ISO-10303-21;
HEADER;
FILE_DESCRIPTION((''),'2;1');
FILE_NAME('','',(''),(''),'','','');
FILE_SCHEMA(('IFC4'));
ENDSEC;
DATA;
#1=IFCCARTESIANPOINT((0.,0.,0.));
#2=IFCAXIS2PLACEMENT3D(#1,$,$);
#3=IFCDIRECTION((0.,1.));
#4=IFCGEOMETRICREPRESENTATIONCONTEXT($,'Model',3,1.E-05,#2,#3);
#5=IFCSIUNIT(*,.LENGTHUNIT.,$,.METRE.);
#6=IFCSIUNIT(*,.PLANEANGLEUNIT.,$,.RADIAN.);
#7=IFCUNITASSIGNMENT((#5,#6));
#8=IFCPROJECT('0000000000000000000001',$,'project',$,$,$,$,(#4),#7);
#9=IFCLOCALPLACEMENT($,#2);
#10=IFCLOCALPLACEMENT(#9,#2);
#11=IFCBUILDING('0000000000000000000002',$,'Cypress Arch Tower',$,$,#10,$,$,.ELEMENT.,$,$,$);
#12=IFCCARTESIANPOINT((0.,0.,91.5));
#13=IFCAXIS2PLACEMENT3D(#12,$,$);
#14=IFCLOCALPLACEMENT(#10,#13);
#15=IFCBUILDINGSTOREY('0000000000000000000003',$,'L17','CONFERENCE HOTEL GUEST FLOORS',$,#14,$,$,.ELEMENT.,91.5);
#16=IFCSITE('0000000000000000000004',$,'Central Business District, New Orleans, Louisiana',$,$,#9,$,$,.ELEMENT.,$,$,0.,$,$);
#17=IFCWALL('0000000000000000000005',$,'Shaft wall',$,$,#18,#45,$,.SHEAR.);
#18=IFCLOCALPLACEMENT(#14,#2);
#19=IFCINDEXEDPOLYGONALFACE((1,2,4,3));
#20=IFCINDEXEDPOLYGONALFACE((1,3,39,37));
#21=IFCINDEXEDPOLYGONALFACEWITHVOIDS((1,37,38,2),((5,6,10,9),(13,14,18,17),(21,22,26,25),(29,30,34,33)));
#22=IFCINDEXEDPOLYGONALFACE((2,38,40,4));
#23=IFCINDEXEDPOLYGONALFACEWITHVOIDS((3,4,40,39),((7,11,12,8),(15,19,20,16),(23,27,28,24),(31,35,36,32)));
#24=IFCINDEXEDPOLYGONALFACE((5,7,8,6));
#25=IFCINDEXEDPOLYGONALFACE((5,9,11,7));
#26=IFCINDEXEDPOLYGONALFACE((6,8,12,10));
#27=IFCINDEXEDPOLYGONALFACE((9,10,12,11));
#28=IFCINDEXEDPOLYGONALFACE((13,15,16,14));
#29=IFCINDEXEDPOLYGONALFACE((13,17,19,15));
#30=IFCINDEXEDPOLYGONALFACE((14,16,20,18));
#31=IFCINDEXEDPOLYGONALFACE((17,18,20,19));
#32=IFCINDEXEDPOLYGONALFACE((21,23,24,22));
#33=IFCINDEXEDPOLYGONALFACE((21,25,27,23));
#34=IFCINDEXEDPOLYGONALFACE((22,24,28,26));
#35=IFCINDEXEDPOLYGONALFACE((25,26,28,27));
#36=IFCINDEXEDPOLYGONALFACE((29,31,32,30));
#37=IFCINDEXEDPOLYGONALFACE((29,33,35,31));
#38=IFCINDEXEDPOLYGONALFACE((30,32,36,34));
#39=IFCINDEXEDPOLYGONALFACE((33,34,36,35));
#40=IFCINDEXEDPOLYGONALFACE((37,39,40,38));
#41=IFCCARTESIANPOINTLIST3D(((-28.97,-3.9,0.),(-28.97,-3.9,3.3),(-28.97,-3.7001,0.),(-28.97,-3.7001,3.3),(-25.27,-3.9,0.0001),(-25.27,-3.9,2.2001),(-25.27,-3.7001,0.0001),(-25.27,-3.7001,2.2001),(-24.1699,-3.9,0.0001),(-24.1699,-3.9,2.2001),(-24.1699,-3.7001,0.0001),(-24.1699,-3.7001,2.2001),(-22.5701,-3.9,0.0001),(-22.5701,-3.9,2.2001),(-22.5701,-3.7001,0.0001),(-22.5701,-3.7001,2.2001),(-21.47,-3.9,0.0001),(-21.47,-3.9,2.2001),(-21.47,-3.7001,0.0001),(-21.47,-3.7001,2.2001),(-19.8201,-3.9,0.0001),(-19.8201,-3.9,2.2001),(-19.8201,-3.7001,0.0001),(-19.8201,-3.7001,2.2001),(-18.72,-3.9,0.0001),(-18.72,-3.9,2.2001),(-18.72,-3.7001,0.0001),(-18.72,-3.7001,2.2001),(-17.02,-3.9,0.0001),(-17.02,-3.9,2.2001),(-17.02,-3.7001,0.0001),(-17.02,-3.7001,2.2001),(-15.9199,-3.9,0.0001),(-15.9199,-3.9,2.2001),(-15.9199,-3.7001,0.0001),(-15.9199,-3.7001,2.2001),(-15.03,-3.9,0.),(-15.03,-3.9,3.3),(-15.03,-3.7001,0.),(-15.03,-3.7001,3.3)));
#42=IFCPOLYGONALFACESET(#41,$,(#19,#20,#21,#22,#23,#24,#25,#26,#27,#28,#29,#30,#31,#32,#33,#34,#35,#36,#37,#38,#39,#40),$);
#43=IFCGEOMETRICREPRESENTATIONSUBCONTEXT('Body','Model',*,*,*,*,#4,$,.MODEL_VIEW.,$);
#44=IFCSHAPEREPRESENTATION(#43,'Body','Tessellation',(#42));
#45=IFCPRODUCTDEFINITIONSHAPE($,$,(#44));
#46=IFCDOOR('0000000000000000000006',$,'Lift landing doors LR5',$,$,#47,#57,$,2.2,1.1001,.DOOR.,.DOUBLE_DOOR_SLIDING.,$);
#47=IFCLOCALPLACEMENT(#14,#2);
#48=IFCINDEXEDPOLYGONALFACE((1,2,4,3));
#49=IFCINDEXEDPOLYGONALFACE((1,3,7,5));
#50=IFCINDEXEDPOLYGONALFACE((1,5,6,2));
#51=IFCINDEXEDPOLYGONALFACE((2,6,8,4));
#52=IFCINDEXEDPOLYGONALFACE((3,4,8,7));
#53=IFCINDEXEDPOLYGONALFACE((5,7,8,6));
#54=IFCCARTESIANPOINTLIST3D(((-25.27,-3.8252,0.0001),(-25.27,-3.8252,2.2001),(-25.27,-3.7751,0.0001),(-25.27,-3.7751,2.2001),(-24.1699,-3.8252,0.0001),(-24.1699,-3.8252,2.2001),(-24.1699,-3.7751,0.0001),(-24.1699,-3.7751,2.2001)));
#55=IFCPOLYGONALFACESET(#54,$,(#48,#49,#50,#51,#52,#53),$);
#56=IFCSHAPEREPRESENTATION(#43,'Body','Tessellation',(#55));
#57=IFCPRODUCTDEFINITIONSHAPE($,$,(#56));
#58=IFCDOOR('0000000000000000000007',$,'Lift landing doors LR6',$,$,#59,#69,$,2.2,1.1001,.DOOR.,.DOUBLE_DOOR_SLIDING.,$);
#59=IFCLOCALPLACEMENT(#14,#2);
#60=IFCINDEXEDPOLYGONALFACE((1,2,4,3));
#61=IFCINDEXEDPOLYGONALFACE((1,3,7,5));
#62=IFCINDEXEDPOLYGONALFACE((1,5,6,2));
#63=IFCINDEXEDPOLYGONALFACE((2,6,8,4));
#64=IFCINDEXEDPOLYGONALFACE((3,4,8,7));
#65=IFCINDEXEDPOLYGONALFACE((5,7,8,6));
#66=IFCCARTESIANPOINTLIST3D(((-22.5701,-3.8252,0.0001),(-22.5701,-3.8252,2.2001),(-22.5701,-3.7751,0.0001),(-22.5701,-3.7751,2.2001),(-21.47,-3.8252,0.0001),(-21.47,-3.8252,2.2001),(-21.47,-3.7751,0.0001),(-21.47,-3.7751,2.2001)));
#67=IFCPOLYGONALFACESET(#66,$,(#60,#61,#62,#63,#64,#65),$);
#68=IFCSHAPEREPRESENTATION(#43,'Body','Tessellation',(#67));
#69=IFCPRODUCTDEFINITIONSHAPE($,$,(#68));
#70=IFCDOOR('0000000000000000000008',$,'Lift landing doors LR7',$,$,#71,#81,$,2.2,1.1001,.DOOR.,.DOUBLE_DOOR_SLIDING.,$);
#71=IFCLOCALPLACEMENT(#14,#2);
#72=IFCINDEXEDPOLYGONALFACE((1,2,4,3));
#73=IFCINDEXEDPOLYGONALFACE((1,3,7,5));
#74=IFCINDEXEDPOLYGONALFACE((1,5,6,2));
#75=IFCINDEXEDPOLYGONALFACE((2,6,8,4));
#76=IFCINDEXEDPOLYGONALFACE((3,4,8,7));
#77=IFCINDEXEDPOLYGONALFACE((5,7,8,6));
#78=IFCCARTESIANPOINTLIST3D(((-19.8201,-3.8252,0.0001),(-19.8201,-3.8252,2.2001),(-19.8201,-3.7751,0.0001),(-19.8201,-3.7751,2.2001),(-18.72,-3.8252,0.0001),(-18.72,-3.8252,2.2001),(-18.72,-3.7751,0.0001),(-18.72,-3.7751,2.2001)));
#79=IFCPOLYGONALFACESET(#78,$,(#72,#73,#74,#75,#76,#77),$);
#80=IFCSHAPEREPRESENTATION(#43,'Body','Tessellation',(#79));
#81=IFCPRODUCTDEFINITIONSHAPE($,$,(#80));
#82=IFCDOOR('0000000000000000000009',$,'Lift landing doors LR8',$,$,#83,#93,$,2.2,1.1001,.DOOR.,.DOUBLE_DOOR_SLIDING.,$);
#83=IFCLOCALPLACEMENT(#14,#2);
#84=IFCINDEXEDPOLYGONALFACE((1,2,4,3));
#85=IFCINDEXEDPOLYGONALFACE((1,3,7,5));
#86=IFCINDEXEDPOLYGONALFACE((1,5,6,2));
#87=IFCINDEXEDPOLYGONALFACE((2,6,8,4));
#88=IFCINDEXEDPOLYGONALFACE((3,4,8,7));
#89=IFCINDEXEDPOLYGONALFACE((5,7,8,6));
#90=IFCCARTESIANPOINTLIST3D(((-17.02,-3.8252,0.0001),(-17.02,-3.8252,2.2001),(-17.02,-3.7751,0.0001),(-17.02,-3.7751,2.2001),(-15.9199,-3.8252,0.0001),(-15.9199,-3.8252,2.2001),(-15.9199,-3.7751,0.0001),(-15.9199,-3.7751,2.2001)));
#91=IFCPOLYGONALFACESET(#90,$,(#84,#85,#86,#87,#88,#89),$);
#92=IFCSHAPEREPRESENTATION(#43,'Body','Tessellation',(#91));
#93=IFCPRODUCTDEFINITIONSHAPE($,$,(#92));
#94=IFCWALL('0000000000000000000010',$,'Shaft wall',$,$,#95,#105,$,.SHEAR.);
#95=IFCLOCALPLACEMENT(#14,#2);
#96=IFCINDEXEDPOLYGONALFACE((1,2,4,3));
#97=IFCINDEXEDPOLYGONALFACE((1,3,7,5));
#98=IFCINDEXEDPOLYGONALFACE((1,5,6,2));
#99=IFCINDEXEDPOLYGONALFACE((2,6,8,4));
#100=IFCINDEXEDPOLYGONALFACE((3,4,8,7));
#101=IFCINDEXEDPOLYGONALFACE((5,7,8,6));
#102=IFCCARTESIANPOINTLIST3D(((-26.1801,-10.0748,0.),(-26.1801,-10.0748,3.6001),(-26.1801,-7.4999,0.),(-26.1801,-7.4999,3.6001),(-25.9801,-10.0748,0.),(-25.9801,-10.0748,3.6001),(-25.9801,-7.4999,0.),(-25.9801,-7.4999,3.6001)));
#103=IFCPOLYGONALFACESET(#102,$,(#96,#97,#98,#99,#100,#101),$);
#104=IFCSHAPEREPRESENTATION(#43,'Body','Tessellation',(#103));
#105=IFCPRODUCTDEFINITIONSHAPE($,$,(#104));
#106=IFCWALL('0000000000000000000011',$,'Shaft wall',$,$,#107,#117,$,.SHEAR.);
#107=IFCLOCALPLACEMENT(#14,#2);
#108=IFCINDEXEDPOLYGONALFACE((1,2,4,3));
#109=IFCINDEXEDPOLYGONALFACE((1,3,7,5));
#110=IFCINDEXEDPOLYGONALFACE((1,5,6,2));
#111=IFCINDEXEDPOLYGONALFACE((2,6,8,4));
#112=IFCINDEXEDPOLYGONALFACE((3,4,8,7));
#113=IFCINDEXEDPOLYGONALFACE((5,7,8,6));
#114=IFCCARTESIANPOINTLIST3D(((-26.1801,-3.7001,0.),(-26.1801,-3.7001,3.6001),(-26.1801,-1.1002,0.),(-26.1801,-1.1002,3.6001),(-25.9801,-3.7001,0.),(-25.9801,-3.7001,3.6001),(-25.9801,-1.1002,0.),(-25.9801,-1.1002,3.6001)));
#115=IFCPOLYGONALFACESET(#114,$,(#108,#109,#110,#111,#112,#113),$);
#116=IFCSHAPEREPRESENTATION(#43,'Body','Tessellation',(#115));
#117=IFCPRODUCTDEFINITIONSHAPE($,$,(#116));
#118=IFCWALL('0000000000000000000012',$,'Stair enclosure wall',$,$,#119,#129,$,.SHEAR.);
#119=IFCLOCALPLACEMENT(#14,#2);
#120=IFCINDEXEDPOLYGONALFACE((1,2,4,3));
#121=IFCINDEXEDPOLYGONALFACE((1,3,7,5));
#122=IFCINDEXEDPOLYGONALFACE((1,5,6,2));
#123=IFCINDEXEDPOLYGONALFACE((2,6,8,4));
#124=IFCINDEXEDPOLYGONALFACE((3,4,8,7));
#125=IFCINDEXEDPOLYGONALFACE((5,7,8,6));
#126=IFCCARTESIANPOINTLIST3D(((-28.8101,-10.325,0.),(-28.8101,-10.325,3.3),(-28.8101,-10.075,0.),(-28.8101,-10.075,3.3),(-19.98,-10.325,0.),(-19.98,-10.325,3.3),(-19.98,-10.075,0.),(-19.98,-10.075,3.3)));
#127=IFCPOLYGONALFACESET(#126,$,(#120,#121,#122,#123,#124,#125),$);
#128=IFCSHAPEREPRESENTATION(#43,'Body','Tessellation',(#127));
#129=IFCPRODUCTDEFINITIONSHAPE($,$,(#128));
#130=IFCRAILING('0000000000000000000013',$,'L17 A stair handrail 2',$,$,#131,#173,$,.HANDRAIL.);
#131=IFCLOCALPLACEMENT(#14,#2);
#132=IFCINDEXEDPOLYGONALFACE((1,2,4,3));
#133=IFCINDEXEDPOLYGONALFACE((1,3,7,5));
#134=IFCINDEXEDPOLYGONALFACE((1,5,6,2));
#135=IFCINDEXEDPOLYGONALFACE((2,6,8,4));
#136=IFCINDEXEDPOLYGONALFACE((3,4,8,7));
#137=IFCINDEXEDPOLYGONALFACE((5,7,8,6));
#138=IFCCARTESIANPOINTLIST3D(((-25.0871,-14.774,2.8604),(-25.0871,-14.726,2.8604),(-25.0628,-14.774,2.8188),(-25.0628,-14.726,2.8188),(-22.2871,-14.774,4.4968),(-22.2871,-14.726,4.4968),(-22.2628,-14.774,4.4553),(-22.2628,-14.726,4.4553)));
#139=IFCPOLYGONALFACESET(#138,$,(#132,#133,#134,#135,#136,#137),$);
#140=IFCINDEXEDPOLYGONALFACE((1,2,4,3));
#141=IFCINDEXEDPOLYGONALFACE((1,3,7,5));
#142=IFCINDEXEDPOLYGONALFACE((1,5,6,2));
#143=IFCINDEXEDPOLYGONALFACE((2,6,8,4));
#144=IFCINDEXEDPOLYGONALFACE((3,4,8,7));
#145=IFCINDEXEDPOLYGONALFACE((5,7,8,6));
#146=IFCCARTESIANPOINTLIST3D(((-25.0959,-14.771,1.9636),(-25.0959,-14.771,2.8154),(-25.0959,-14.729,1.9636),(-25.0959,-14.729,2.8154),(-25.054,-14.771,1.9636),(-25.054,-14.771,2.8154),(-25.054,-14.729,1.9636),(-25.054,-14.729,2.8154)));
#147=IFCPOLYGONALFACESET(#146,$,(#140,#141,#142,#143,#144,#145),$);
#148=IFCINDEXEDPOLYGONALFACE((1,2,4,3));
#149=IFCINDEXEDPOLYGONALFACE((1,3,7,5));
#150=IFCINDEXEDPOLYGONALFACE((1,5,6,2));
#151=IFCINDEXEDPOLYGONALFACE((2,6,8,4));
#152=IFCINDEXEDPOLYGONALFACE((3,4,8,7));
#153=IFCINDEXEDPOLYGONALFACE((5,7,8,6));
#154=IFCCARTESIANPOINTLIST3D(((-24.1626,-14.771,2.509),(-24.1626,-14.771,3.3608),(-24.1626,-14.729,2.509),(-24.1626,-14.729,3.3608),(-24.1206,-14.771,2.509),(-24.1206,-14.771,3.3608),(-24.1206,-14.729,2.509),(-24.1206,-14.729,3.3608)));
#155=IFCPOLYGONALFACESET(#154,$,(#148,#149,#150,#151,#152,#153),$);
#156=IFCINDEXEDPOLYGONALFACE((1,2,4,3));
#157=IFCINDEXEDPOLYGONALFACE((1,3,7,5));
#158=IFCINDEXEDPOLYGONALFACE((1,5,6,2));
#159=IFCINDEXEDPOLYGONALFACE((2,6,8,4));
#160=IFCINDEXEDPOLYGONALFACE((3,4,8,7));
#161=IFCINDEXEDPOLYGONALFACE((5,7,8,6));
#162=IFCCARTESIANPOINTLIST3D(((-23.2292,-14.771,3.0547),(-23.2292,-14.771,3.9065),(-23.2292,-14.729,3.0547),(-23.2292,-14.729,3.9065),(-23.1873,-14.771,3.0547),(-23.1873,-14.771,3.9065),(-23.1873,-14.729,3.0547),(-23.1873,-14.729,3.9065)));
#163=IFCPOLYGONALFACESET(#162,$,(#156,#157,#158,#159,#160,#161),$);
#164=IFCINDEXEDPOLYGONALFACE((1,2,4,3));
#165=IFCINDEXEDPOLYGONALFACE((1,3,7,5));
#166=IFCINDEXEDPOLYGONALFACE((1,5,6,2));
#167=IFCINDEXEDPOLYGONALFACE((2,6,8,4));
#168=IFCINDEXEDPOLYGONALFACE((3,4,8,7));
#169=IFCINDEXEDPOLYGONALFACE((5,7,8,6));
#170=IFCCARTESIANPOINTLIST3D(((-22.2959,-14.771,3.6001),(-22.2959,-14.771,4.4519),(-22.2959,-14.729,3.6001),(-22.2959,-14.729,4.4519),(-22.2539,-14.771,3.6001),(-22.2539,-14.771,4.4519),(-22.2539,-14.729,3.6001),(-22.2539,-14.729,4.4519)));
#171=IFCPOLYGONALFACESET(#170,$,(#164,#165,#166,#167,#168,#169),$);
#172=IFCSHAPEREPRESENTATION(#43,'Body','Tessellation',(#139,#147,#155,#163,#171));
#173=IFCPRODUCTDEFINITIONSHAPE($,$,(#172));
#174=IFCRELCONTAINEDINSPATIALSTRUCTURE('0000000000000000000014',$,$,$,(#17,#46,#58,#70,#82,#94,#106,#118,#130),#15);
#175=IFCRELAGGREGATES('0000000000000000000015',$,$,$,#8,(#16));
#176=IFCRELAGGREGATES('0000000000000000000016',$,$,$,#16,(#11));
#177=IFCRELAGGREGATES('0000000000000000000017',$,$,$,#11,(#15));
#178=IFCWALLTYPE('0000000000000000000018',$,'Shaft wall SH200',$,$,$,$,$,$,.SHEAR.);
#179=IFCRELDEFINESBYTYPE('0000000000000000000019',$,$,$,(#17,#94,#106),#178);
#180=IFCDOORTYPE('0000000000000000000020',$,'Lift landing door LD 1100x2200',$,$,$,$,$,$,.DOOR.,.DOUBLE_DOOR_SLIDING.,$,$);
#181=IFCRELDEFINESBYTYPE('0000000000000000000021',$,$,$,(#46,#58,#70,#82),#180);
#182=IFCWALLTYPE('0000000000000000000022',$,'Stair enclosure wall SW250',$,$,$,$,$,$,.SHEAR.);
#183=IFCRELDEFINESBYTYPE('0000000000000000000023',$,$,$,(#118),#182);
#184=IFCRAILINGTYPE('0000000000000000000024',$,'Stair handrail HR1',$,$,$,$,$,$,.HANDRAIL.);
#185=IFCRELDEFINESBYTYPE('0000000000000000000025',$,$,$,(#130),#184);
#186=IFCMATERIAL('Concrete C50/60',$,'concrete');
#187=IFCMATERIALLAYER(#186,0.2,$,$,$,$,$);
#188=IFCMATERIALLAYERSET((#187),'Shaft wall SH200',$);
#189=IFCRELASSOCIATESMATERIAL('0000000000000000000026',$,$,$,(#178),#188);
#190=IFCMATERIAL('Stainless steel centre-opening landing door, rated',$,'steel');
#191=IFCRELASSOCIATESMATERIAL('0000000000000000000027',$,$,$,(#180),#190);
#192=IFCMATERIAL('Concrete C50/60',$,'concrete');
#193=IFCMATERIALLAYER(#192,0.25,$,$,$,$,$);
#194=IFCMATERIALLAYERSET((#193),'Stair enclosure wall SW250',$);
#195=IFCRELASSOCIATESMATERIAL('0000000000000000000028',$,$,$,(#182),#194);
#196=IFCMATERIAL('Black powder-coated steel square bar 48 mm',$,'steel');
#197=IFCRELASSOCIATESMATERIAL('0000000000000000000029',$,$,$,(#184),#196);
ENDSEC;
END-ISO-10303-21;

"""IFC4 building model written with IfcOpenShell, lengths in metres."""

from ifc_helpers import new_model, si_unit, direction, frame, frame_2d, origin, origin_2d, place, context, subcontext, project, spatial, rectangle, extrude, material, layer, layer_set, type_object, element, fill, save


model = new_model("IFC4")

# Units and contexts
model_context = context("Model", 3, precision=1e-05, world=origin(), true_north=direction((0.0, 1.0)))
body_context = subcontext(model_context, "Body", "Model", "MODEL_VIEW")
ifc_project = project(units=[si_unit("LENGTHUNIT", "METRE"), si_unit("PLANEANGLEUNIT", "RADIAN")], contexts=[model_context])

# Site, building, storey
site_placement = place(None, origin())
site = spatial("IfcSite", under=ifc_project, at=site_placement, Name="Central Business District, New Orleans, Louisiana", CompositionType="ELEMENT", RefElevation=0.0)
building_placement = place(site_placement, origin())
building = spatial("IfcBuilding", under=site, at=building_placement, Name="Cypress Arch Tower", CompositionType="ELEMENT")
storey_placement = place(building_placement, frame((0.0, 0.0, 91.5)))
storey = spatial("IfcBuildingStorey", under=building, at=storey_placement, Name="L17", Description="CONFERENCE HOTEL GUEST FLOORS", CompositionType="ELEMENT", Elevation=91.5)

# Wall, openings, doors
ifc_material_1 = material(Name="Concrete C50/60", Category="concrete")
ifc_layer_1 = layer(ifc_material_1, 0.2)
ifc_layer_set_1 = layer_set([ifc_layer_1], Name="Shaft wall SH200")
wall_type_1 = type_object("IfcWallType", Name="Shaft wall SH200", PredefinedType="SHEAR", material=ifc_layer_set_1)
ifc_material_2 = material(Name="Stainless steel centre-opening landing door, rated", Category="steel")
door_type_1 = type_object("IfcDoorType", Name="Lift landing door LD 1100x2200", OperationType="DOUBLE_DOOR_SLIDING", PredefinedType="DOOR", material=ifc_material_2)
wall_1_placement = place(storey_placement, frame((-28.97, -3.8, 0.0), z_axis=(0.0, 0.0, 1.0), x_axis=(1.0, 0.0, 0.0)))
wall_1 = element("IfcWall", 1, at=wall_1_placement, inside=storey, type_object=wall_type_1, Name="Shaft wall", PredefinedType="SHEAR", context=body_context, shape_type="SweptSolid", body=[
    extrude(rectangle(XDim=13.9399, YDim=0.2, at=frame_2d((6.97, 0.0))), origin(), (0.0, 0.0, 1.0), 3.3),
])
opening_1_placement = place(wall_1_placement, frame((3.7, 0.0, 0.0)))
opening_1 = element("IfcOpeningElement", 2, at=opening_1_placement, cuts=wall_1, PredefinedType="OPENING", context=body_context, shape_type="SweptSolid", body=[
    extrude(rectangle(XDim=1.1001, YDim=2.2, at=frame_2d((0.55, 1.1001))), frame((0.0, 0.1099, 0.0), z_axis=(0.0, -1.0, 0.0), x_axis=(1.0, 0.0, 0.0)), (0.0, 0.0, 1.0), 0.22),
])
opening_2_placement = place(wall_1_placement, frame((6.3999, 0.0, 0.0)))
opening_2 = element("IfcOpeningElement", 3, at=opening_2_placement, cuts=wall_1, PredefinedType="OPENING", context=body_context, shape_type="SweptSolid", body=[
    extrude(rectangle(XDim=1.1001, YDim=2.2, at=frame_2d((0.55, 1.1001))), frame((0.0, 0.1099, 0.0), z_axis=(0.0, -1.0, 0.0), x_axis=(1.0, 0.0, 0.0)), (0.0, 0.0, 1.0), 0.22),
])
opening_3_placement = place(wall_1_placement, frame((9.1499, 0.0, 0.0)))
opening_3 = element("IfcOpeningElement", 4, at=opening_3_placement, cuts=wall_1, PredefinedType="OPENING", context=body_context, shape_type="SweptSolid", body=[
    extrude(rectangle(XDim=1.1001, YDim=2.2, at=frame_2d((0.55, 1.1001))), frame((0.0, 0.1099, 0.0), z_axis=(0.0, -1.0, 0.0), x_axis=(1.0, 0.0, 0.0)), (0.0, 0.0, 1.0), 0.22),
])
opening_4_placement = place(wall_1_placement, frame((11.95, 0.0, 0.0)))
opening_4 = element("IfcOpeningElement", 5, at=opening_4_placement, cuts=wall_1, PredefinedType="OPENING", context=body_context, shape_type="SweptSolid", body=[
    extrude(rectangle(XDim=1.1001, YDim=2.2, at=frame_2d((0.55, 1.1001))), frame((0.0, 0.1099, 0.0), z_axis=(0.0, -1.0, 0.0), x_axis=(1.0, 0.0, 0.0)), (0.0, 0.0, 1.0), 0.22),
])
door_1_placement = place(opening_1_placement, origin())
door_1 = element("IfcDoor", 6, at=door_1_placement, inside=storey, type_object=door_type_1, Name="Lift landing doors LR5", OperationType="DOUBLE_DOOR_SLIDING", OverallHeight=2.2, OverallWidth=1.1001, PredefinedType="DOOR", context=body_context, shape_type="SweptSolid", body=[
    extrude(rectangle(XDim=1.1001, YDim=2.2, at=frame_2d((0.55, 1.1001))), frame((0.0, 0.0249, 0.0), z_axis=(0.0, -1.0, 0.0), x_axis=(1.0, 0.0, 0.0)), (0.0, 0.0, 1.0), 0.05),
])
fill(opening_1, door_1)
door_2_placement = place(opening_2_placement, origin())
door_2 = element("IfcDoor", 7, at=door_2_placement, inside=storey, type_object=door_type_1, Name="Lift landing doors LR6", OperationType="DOUBLE_DOOR_SLIDING", OverallHeight=2.2, OverallWidth=1.1001, PredefinedType="DOOR", context=body_context, shape_type="SweptSolid", body=[
    extrude(rectangle(XDim=1.1001, YDim=2.2, at=frame_2d((0.55, 1.1001))), frame((0.0, 0.0249, 0.0), z_axis=(0.0, -1.0, 0.0), x_axis=(1.0, 0.0, 0.0)), (0.0, 0.0, 1.0), 0.05),
])
fill(opening_2, door_2)
door_3_placement = place(opening_3_placement, origin())
door_3 = element("IfcDoor", 8, at=door_3_placement, inside=storey, type_object=door_type_1, Name="Lift landing doors LR7", OperationType="DOUBLE_DOOR_SLIDING", OverallHeight=2.2, OverallWidth=1.1001, PredefinedType="DOOR", context=body_context, shape_type="SweptSolid", body=[
    extrude(rectangle(XDim=1.1001, YDim=2.2, at=frame_2d((0.55, 1.1001))), frame((0.0, 0.0249, 0.0), z_axis=(0.0, -1.0, 0.0), x_axis=(1.0, 0.0, 0.0)), (0.0, 0.0, 1.0), 0.05),
])
fill(opening_3, door_3)
door_4_placement = place(opening_4_placement, origin())
door_4 = element("IfcDoor", 9, at=door_4_placement, inside=storey, type_object=door_type_1, Name="Lift landing doors LR8", OperationType="DOUBLE_DOOR_SLIDING", OverallHeight=2.2, OverallWidth=1.1001, PredefinedType="DOOR", context=body_context, shape_type="SweptSolid", body=[
    extrude(rectangle(XDim=1.1001, YDim=2.2, at=frame_2d((0.55, 1.1001))), frame((0.0, 0.0249, 0.0), z_axis=(0.0, -1.0, 0.0), x_axis=(1.0, 0.0, 0.0)), (0.0, 0.0, 1.0), 0.05),
])
fill(opening_4, door_4)

# Walls
wall_2_placement = place(storey_placement, frame((-26.0801, -10.075, 0.0), z_axis=(0.0, 0.0, 1.0), x_axis=(0.0, 1.0, 0.0)))
element("IfcWall", 10, at=wall_2_placement, inside=storey, type_object=wall_type_1, Name="Shaft wall", PredefinedType="SHEAR", context=body_context, shape_type="SweptSolid", body=[
    extrude(rectangle(XDim=2.575, YDim=0.2, at=frame_2d((1.2876, 0.0))), origin(), (0.0, 0.0, 1.0), 3.6001),
])
wall_3_placement = place(storey_placement, frame((-26.0801, -3.7, 0.0), z_axis=(0.0, 0.0, 1.0), x_axis=(0.0, 1.0, 0.0)))
element("IfcWall", 11, at=wall_3_placement, inside=storey, type_object=wall_type_1, Name="Shaft wall", PredefinedType="SHEAR", context=body_context, shape_type="SweptSolid", body=[
    extrude(rectangle(XDim=2.5999, YDim=0.2, at=frame_2d((1.2998, 0.0))), origin(), (0.0, 0.0, 1.0), 3.6001),
])
ifc_material_3 = material(Name="Concrete C50/60", Category="concrete")
ifc_layer_2 = layer(ifc_material_3, 0.25)
ifc_layer_set_2 = layer_set([ifc_layer_2], Name="Stair enclosure wall SW250")
wall_type_2 = type_object("IfcWallType", Name="Stair enclosure wall SW250", PredefinedType="SHEAR", material=ifc_layer_set_2)
wall_4_placement = place(storey_placement, frame((-28.8101, -10.2, 0.0), z_axis=(0.0, 0.0, 1.0), x_axis=(1.0, 0.0, 0.0)))
element("IfcWall", 12, at=wall_4_placement, inside=storey, type_object=wall_type_2, Name="Stair enclosure wall", PredefinedType="SHEAR", context=body_context, shape_type="SweptSolid", body=[
    extrude(rectangle(XDim=8.8301, YDim=0.25, at=frame_2d((4.415, 0.0))), origin(), (0.0, 0.0, 1.0), 3.3),
])

# Railing
ifc_material_4 = material(Name="Black powder-coated steel square bar 48 mm", Category="steel")
railing_type_1 = type_object("IfcRailingType", Name="Stair handrail HR1", PredefinedType="HANDRAIL", material=ifc_material_4)
railing_1_placement = place(storey_placement, frame((-25.075, -14.75, 1.9636)))
element("IfcRailing", 13, at=railing_1_placement, inside=storey, type_object=railing_type_1, Name="L17 A stair handrail 2", PredefinedType="HANDRAIL", context=body_context, shape_type="SweptSolid", body=[
    extrude(rectangle(XDim=0.0481, YDim=0.0481, at=origin_2d()), frame((0.0, 0.0, 0.876), z_axis=(0.863361, 0.0, 0.504587), x_axis=(0.0, 1.0, 0.0)), (0.0, 0.0, 1.0), 3.2432),
    extrude(rectangle(XDim=0.042, YDim=0.042, at=origin_2d()), origin(), (0.0, 0.0, 1.0), 0.8518),
    extrude(rectangle(XDim=0.042, YDim=0.042, at=origin_2d()), frame((0.9333, 0.0, 0.5454)), (0.0, 0.0, 1.0), 0.8518),
    extrude(rectangle(XDim=0.042, YDim=0.042, at=origin_2d()), frame((1.8667, 0.0, 1.0911)), (0.0, 0.0, 1.0), 0.8518),
    extrude(rectangle(XDim=0.042, YDim=0.042, at=origin_2d()), frame((2.8, 0.0, 1.6365)), (0.0, 0.0, 1.0), 0.8518),
])

save(model, "model.ifc")
